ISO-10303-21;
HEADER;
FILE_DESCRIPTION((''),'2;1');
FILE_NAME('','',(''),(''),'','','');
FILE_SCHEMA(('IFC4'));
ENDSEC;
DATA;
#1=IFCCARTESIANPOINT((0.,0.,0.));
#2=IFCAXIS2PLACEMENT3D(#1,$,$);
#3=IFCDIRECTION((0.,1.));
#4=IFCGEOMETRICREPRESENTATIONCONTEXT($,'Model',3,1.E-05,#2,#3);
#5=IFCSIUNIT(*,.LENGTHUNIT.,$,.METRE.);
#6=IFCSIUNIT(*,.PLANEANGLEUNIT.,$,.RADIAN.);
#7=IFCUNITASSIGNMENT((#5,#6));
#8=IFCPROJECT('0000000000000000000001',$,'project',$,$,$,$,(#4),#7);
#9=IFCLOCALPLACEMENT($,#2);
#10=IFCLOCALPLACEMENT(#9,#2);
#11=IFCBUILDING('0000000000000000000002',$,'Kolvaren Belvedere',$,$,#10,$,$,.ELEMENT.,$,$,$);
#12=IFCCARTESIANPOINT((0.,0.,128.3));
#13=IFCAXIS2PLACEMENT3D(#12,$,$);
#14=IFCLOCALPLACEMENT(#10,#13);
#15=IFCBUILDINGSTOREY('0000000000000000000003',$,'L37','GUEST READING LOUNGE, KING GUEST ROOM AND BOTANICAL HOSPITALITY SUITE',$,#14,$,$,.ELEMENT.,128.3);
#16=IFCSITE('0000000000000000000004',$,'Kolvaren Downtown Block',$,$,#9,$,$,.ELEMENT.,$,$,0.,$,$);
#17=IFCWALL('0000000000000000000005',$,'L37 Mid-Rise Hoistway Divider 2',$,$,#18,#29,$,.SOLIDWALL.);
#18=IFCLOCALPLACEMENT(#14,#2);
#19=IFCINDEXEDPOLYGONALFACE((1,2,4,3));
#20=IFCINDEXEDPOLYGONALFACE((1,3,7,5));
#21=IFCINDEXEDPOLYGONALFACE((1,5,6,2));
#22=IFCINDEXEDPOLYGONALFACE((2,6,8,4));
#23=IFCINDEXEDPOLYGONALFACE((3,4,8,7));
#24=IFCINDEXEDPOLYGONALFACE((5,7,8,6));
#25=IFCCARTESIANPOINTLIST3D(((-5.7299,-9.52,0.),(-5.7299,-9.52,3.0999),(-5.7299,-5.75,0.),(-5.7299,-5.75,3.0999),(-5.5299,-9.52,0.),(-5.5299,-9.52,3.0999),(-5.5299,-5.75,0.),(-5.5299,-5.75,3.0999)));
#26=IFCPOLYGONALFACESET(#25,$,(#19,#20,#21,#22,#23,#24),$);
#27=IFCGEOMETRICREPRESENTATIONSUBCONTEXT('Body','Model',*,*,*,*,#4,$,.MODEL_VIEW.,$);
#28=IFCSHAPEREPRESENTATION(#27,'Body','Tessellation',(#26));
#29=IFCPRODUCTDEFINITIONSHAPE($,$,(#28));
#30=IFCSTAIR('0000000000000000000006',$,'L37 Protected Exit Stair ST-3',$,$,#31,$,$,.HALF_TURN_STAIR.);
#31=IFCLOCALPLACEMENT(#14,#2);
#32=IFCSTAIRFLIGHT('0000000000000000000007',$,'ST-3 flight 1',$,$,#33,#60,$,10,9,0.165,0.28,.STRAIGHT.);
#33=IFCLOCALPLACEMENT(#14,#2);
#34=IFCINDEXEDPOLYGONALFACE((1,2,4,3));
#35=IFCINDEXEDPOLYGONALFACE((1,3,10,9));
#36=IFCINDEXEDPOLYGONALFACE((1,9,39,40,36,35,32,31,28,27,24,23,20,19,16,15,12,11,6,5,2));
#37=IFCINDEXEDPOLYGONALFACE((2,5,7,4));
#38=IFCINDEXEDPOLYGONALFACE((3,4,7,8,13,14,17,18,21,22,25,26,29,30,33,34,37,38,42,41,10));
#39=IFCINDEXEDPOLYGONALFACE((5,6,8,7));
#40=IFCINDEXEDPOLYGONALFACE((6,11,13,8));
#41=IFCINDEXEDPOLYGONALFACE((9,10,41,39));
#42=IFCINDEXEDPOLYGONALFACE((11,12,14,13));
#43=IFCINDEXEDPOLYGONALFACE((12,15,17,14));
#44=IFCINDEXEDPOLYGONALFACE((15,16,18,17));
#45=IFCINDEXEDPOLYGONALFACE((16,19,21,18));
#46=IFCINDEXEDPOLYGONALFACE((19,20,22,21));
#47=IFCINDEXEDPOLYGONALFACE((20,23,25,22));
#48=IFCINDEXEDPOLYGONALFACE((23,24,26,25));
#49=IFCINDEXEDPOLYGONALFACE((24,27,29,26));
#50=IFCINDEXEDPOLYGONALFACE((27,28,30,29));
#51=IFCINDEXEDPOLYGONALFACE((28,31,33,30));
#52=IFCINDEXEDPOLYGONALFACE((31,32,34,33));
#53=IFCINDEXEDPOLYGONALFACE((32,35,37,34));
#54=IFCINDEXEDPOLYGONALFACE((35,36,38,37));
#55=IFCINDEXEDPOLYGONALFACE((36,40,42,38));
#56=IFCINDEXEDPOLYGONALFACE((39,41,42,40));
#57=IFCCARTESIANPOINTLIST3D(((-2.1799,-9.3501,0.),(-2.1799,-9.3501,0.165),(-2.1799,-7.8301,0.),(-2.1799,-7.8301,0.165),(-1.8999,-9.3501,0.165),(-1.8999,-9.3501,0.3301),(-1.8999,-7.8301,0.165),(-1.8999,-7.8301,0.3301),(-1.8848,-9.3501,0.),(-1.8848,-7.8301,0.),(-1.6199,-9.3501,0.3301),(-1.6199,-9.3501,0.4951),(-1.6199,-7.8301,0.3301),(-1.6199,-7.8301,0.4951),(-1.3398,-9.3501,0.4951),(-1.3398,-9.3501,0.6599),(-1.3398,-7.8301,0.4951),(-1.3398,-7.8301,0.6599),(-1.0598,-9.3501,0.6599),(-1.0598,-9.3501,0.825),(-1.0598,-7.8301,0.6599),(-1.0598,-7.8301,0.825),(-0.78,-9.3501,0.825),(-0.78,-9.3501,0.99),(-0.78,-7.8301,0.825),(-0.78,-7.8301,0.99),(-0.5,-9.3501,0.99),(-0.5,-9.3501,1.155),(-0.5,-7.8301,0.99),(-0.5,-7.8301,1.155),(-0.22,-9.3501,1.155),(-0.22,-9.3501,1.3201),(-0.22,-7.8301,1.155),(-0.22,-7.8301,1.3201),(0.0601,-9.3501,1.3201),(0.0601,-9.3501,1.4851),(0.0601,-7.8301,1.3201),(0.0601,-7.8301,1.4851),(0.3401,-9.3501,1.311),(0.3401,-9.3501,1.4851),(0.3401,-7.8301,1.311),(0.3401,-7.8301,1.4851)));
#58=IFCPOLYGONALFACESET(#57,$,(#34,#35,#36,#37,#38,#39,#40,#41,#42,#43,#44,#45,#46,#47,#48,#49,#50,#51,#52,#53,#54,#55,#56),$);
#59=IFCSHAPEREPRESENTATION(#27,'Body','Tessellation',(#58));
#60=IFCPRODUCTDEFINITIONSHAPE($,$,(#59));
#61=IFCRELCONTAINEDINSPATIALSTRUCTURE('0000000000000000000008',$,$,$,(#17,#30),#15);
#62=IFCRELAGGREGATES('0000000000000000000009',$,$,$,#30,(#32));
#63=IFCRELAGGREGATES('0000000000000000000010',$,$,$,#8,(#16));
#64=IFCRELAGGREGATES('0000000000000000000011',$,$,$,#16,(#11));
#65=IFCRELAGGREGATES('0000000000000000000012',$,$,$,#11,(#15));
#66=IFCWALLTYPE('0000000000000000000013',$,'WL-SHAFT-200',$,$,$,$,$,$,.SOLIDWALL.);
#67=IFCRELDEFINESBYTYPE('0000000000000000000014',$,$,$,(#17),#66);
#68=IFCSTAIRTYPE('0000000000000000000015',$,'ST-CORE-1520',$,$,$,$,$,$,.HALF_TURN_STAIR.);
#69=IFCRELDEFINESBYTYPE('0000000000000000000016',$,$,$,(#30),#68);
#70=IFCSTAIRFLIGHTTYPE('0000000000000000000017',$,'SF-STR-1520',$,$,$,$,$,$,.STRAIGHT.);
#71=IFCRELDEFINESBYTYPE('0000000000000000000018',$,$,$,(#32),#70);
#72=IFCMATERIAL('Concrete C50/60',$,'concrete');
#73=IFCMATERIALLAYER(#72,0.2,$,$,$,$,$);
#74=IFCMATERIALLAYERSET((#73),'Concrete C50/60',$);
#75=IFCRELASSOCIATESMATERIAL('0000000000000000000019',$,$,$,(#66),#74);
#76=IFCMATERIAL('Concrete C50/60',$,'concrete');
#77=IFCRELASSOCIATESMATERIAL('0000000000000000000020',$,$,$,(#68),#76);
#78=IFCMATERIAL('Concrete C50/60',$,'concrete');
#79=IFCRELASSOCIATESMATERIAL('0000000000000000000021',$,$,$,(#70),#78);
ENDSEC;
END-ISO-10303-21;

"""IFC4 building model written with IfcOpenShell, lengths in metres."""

from ifc_helpers import new_model, si_unit, direction, frame, frame_2d, origin, place, context, subcontext, project, spatial, polyline, rectangle, outline, extrude, material, layer, layer_set, type_object, element, aggregate, save


model = new_model("IFC4")

# Units and contexts
model_context = context("Model", 3, precision=1e-05, world=origin(), true_north=direction((0.0, 1.0)))
body_context = subcontext(model_context, "Body", "Model", "MODEL_VIEW")
ifc_project = project(units=[si_unit("LENGTHUNIT", "METRE"), si_unit("PLANEANGLEUNIT", "RADIAN")], contexts=[model_context])

# Site, building, storey
site_placement = place(None, origin())
site = spatial("IfcSite", under=ifc_project, at=site_placement, Name="Kolvaren Downtown Block", CompositionType="ELEMENT", RefElevation=0.0)
building_placement = place(site_placement, origin())
building = spatial("IfcBuilding", under=site, at=building_placement, Name="Kolvaren Belvedere", CompositionType="ELEMENT")
storey_placement = place(building_placement, frame((0.0, 0.0, 128.3)))
storey = spatial("IfcBuildingStorey", under=building, at=storey_placement, Name="L37", Description="GUEST READING LOUNGE, KING GUEST ROOM AND BOTANICAL HOSPITALITY SUITE", CompositionType="ELEMENT", Elevation=128.3)

# Shared definitions
ifc_material_1 = material(Name="Concrete C50/60", Category="concrete")
ifc_layer_1 = layer(ifc_material_1, 0.2)
ifc_layer_set_1 = layer_set([ifc_layer_1], Name="Concrete C50/60")
wall_type_1 = type_object("IfcWallType", Name="WL-SHAFT-200", PredefinedType="SOLIDWALL", material=ifc_layer_set_1)

# Wall
for number, where, z_axis, x_axis, name in (
    (1, (-5.6299, -9.52, 0.0), (0.0, 0.0, 1.0), (0.0, 1.0, 0.0), "L37 Mid-Rise Hoistway Divider 2"),
):
    element("IfcWall", number, at=place(storey_placement, frame(where, z_axis=z_axis, x_axis=x_axis)), inside=storey, type_object=wall_type_1, Name=name, PredefinedType="SOLIDWALL", context=body_context, shape_type="SweptSolid", body=[
        extrude(rectangle(XDim=3.77, YDim=0.2, at=frame_2d((1.885, 0.0))), origin(), (0.0, 0.0, 1.0), 3.0999),
    ])

# Stair, stair flight
ifc_material_2 = material(Name="Concrete C50/60", Category="concrete")
stair_type = type_object("IfcStairType", Name="ST-CORE-1520", PredefinedType="HALF_TURN_STAIR", material=ifc_material_2)
stair_placement = place(storey_placement, origin())
stair = element("IfcStair", 2, at=stair_placement, inside=storey, type_object=stair_type, Name="L37 Protected Exit Stair ST-3", PredefinedType="HALF_TURN_STAIR")
ifc_material_3 = material(Name="Concrete C50/60", Category="concrete")
stair_flight_type = type_object("IfcStairFlightType", Name="SF-STR-1520", PredefinedType="STRAIGHT", material=ifc_material_3)
stair_flight_placement = place(storey_placement, frame((-2.1799, -8.5901, 0.0), z_axis=(0.0, 0.0, 1.0), x_axis=(1.0, 0.0, 0.0)))
stair_flight = element("IfcStairFlight", 3, at=stair_flight_placement, type_object=stair_flight_type, Name="ST-3 flight 1", NumberOfRisers=10, NumberOfTreads=9, PredefinedType="STRAIGHT", RiserHeight=0.165, TreadLength=0.28, context=body_context, shape_type="SweptSolid", body=[
    extrude(outline(polyline([(0.0, 0.0), (0.0, 0.165), (0.28, 0.165), (0.28, 0.3301), (0.5601, 0.3301), (0.5601, 0.4951), (0.8401, 0.4951), (0.8401, 0.6599), (1.1201, 0.6599), (1.1201, 0.825), (1.3999, 0.825), (1.3999, 0.99), (1.6799, 0.99), (1.6799, 1.155), (1.96, 1.155), (1.96, 1.3201), (2.24, 1.3201), (2.24, 1.4851), (2.52, 1.4851), (2.52, 1.6499), (2.52, 1.311), (0.2952, 0.0), (0.0, 0.0)])), frame((0.0, 0.76, 0.0), z_axis=(0.0, -1.0, 0.0), x_axis=(1.0, 0.0, 0.0)), (0.0, 0.0, 1.0), 1.52),
])
aggregate(stair, [stair_flight])

save(model, "model.ifc")
